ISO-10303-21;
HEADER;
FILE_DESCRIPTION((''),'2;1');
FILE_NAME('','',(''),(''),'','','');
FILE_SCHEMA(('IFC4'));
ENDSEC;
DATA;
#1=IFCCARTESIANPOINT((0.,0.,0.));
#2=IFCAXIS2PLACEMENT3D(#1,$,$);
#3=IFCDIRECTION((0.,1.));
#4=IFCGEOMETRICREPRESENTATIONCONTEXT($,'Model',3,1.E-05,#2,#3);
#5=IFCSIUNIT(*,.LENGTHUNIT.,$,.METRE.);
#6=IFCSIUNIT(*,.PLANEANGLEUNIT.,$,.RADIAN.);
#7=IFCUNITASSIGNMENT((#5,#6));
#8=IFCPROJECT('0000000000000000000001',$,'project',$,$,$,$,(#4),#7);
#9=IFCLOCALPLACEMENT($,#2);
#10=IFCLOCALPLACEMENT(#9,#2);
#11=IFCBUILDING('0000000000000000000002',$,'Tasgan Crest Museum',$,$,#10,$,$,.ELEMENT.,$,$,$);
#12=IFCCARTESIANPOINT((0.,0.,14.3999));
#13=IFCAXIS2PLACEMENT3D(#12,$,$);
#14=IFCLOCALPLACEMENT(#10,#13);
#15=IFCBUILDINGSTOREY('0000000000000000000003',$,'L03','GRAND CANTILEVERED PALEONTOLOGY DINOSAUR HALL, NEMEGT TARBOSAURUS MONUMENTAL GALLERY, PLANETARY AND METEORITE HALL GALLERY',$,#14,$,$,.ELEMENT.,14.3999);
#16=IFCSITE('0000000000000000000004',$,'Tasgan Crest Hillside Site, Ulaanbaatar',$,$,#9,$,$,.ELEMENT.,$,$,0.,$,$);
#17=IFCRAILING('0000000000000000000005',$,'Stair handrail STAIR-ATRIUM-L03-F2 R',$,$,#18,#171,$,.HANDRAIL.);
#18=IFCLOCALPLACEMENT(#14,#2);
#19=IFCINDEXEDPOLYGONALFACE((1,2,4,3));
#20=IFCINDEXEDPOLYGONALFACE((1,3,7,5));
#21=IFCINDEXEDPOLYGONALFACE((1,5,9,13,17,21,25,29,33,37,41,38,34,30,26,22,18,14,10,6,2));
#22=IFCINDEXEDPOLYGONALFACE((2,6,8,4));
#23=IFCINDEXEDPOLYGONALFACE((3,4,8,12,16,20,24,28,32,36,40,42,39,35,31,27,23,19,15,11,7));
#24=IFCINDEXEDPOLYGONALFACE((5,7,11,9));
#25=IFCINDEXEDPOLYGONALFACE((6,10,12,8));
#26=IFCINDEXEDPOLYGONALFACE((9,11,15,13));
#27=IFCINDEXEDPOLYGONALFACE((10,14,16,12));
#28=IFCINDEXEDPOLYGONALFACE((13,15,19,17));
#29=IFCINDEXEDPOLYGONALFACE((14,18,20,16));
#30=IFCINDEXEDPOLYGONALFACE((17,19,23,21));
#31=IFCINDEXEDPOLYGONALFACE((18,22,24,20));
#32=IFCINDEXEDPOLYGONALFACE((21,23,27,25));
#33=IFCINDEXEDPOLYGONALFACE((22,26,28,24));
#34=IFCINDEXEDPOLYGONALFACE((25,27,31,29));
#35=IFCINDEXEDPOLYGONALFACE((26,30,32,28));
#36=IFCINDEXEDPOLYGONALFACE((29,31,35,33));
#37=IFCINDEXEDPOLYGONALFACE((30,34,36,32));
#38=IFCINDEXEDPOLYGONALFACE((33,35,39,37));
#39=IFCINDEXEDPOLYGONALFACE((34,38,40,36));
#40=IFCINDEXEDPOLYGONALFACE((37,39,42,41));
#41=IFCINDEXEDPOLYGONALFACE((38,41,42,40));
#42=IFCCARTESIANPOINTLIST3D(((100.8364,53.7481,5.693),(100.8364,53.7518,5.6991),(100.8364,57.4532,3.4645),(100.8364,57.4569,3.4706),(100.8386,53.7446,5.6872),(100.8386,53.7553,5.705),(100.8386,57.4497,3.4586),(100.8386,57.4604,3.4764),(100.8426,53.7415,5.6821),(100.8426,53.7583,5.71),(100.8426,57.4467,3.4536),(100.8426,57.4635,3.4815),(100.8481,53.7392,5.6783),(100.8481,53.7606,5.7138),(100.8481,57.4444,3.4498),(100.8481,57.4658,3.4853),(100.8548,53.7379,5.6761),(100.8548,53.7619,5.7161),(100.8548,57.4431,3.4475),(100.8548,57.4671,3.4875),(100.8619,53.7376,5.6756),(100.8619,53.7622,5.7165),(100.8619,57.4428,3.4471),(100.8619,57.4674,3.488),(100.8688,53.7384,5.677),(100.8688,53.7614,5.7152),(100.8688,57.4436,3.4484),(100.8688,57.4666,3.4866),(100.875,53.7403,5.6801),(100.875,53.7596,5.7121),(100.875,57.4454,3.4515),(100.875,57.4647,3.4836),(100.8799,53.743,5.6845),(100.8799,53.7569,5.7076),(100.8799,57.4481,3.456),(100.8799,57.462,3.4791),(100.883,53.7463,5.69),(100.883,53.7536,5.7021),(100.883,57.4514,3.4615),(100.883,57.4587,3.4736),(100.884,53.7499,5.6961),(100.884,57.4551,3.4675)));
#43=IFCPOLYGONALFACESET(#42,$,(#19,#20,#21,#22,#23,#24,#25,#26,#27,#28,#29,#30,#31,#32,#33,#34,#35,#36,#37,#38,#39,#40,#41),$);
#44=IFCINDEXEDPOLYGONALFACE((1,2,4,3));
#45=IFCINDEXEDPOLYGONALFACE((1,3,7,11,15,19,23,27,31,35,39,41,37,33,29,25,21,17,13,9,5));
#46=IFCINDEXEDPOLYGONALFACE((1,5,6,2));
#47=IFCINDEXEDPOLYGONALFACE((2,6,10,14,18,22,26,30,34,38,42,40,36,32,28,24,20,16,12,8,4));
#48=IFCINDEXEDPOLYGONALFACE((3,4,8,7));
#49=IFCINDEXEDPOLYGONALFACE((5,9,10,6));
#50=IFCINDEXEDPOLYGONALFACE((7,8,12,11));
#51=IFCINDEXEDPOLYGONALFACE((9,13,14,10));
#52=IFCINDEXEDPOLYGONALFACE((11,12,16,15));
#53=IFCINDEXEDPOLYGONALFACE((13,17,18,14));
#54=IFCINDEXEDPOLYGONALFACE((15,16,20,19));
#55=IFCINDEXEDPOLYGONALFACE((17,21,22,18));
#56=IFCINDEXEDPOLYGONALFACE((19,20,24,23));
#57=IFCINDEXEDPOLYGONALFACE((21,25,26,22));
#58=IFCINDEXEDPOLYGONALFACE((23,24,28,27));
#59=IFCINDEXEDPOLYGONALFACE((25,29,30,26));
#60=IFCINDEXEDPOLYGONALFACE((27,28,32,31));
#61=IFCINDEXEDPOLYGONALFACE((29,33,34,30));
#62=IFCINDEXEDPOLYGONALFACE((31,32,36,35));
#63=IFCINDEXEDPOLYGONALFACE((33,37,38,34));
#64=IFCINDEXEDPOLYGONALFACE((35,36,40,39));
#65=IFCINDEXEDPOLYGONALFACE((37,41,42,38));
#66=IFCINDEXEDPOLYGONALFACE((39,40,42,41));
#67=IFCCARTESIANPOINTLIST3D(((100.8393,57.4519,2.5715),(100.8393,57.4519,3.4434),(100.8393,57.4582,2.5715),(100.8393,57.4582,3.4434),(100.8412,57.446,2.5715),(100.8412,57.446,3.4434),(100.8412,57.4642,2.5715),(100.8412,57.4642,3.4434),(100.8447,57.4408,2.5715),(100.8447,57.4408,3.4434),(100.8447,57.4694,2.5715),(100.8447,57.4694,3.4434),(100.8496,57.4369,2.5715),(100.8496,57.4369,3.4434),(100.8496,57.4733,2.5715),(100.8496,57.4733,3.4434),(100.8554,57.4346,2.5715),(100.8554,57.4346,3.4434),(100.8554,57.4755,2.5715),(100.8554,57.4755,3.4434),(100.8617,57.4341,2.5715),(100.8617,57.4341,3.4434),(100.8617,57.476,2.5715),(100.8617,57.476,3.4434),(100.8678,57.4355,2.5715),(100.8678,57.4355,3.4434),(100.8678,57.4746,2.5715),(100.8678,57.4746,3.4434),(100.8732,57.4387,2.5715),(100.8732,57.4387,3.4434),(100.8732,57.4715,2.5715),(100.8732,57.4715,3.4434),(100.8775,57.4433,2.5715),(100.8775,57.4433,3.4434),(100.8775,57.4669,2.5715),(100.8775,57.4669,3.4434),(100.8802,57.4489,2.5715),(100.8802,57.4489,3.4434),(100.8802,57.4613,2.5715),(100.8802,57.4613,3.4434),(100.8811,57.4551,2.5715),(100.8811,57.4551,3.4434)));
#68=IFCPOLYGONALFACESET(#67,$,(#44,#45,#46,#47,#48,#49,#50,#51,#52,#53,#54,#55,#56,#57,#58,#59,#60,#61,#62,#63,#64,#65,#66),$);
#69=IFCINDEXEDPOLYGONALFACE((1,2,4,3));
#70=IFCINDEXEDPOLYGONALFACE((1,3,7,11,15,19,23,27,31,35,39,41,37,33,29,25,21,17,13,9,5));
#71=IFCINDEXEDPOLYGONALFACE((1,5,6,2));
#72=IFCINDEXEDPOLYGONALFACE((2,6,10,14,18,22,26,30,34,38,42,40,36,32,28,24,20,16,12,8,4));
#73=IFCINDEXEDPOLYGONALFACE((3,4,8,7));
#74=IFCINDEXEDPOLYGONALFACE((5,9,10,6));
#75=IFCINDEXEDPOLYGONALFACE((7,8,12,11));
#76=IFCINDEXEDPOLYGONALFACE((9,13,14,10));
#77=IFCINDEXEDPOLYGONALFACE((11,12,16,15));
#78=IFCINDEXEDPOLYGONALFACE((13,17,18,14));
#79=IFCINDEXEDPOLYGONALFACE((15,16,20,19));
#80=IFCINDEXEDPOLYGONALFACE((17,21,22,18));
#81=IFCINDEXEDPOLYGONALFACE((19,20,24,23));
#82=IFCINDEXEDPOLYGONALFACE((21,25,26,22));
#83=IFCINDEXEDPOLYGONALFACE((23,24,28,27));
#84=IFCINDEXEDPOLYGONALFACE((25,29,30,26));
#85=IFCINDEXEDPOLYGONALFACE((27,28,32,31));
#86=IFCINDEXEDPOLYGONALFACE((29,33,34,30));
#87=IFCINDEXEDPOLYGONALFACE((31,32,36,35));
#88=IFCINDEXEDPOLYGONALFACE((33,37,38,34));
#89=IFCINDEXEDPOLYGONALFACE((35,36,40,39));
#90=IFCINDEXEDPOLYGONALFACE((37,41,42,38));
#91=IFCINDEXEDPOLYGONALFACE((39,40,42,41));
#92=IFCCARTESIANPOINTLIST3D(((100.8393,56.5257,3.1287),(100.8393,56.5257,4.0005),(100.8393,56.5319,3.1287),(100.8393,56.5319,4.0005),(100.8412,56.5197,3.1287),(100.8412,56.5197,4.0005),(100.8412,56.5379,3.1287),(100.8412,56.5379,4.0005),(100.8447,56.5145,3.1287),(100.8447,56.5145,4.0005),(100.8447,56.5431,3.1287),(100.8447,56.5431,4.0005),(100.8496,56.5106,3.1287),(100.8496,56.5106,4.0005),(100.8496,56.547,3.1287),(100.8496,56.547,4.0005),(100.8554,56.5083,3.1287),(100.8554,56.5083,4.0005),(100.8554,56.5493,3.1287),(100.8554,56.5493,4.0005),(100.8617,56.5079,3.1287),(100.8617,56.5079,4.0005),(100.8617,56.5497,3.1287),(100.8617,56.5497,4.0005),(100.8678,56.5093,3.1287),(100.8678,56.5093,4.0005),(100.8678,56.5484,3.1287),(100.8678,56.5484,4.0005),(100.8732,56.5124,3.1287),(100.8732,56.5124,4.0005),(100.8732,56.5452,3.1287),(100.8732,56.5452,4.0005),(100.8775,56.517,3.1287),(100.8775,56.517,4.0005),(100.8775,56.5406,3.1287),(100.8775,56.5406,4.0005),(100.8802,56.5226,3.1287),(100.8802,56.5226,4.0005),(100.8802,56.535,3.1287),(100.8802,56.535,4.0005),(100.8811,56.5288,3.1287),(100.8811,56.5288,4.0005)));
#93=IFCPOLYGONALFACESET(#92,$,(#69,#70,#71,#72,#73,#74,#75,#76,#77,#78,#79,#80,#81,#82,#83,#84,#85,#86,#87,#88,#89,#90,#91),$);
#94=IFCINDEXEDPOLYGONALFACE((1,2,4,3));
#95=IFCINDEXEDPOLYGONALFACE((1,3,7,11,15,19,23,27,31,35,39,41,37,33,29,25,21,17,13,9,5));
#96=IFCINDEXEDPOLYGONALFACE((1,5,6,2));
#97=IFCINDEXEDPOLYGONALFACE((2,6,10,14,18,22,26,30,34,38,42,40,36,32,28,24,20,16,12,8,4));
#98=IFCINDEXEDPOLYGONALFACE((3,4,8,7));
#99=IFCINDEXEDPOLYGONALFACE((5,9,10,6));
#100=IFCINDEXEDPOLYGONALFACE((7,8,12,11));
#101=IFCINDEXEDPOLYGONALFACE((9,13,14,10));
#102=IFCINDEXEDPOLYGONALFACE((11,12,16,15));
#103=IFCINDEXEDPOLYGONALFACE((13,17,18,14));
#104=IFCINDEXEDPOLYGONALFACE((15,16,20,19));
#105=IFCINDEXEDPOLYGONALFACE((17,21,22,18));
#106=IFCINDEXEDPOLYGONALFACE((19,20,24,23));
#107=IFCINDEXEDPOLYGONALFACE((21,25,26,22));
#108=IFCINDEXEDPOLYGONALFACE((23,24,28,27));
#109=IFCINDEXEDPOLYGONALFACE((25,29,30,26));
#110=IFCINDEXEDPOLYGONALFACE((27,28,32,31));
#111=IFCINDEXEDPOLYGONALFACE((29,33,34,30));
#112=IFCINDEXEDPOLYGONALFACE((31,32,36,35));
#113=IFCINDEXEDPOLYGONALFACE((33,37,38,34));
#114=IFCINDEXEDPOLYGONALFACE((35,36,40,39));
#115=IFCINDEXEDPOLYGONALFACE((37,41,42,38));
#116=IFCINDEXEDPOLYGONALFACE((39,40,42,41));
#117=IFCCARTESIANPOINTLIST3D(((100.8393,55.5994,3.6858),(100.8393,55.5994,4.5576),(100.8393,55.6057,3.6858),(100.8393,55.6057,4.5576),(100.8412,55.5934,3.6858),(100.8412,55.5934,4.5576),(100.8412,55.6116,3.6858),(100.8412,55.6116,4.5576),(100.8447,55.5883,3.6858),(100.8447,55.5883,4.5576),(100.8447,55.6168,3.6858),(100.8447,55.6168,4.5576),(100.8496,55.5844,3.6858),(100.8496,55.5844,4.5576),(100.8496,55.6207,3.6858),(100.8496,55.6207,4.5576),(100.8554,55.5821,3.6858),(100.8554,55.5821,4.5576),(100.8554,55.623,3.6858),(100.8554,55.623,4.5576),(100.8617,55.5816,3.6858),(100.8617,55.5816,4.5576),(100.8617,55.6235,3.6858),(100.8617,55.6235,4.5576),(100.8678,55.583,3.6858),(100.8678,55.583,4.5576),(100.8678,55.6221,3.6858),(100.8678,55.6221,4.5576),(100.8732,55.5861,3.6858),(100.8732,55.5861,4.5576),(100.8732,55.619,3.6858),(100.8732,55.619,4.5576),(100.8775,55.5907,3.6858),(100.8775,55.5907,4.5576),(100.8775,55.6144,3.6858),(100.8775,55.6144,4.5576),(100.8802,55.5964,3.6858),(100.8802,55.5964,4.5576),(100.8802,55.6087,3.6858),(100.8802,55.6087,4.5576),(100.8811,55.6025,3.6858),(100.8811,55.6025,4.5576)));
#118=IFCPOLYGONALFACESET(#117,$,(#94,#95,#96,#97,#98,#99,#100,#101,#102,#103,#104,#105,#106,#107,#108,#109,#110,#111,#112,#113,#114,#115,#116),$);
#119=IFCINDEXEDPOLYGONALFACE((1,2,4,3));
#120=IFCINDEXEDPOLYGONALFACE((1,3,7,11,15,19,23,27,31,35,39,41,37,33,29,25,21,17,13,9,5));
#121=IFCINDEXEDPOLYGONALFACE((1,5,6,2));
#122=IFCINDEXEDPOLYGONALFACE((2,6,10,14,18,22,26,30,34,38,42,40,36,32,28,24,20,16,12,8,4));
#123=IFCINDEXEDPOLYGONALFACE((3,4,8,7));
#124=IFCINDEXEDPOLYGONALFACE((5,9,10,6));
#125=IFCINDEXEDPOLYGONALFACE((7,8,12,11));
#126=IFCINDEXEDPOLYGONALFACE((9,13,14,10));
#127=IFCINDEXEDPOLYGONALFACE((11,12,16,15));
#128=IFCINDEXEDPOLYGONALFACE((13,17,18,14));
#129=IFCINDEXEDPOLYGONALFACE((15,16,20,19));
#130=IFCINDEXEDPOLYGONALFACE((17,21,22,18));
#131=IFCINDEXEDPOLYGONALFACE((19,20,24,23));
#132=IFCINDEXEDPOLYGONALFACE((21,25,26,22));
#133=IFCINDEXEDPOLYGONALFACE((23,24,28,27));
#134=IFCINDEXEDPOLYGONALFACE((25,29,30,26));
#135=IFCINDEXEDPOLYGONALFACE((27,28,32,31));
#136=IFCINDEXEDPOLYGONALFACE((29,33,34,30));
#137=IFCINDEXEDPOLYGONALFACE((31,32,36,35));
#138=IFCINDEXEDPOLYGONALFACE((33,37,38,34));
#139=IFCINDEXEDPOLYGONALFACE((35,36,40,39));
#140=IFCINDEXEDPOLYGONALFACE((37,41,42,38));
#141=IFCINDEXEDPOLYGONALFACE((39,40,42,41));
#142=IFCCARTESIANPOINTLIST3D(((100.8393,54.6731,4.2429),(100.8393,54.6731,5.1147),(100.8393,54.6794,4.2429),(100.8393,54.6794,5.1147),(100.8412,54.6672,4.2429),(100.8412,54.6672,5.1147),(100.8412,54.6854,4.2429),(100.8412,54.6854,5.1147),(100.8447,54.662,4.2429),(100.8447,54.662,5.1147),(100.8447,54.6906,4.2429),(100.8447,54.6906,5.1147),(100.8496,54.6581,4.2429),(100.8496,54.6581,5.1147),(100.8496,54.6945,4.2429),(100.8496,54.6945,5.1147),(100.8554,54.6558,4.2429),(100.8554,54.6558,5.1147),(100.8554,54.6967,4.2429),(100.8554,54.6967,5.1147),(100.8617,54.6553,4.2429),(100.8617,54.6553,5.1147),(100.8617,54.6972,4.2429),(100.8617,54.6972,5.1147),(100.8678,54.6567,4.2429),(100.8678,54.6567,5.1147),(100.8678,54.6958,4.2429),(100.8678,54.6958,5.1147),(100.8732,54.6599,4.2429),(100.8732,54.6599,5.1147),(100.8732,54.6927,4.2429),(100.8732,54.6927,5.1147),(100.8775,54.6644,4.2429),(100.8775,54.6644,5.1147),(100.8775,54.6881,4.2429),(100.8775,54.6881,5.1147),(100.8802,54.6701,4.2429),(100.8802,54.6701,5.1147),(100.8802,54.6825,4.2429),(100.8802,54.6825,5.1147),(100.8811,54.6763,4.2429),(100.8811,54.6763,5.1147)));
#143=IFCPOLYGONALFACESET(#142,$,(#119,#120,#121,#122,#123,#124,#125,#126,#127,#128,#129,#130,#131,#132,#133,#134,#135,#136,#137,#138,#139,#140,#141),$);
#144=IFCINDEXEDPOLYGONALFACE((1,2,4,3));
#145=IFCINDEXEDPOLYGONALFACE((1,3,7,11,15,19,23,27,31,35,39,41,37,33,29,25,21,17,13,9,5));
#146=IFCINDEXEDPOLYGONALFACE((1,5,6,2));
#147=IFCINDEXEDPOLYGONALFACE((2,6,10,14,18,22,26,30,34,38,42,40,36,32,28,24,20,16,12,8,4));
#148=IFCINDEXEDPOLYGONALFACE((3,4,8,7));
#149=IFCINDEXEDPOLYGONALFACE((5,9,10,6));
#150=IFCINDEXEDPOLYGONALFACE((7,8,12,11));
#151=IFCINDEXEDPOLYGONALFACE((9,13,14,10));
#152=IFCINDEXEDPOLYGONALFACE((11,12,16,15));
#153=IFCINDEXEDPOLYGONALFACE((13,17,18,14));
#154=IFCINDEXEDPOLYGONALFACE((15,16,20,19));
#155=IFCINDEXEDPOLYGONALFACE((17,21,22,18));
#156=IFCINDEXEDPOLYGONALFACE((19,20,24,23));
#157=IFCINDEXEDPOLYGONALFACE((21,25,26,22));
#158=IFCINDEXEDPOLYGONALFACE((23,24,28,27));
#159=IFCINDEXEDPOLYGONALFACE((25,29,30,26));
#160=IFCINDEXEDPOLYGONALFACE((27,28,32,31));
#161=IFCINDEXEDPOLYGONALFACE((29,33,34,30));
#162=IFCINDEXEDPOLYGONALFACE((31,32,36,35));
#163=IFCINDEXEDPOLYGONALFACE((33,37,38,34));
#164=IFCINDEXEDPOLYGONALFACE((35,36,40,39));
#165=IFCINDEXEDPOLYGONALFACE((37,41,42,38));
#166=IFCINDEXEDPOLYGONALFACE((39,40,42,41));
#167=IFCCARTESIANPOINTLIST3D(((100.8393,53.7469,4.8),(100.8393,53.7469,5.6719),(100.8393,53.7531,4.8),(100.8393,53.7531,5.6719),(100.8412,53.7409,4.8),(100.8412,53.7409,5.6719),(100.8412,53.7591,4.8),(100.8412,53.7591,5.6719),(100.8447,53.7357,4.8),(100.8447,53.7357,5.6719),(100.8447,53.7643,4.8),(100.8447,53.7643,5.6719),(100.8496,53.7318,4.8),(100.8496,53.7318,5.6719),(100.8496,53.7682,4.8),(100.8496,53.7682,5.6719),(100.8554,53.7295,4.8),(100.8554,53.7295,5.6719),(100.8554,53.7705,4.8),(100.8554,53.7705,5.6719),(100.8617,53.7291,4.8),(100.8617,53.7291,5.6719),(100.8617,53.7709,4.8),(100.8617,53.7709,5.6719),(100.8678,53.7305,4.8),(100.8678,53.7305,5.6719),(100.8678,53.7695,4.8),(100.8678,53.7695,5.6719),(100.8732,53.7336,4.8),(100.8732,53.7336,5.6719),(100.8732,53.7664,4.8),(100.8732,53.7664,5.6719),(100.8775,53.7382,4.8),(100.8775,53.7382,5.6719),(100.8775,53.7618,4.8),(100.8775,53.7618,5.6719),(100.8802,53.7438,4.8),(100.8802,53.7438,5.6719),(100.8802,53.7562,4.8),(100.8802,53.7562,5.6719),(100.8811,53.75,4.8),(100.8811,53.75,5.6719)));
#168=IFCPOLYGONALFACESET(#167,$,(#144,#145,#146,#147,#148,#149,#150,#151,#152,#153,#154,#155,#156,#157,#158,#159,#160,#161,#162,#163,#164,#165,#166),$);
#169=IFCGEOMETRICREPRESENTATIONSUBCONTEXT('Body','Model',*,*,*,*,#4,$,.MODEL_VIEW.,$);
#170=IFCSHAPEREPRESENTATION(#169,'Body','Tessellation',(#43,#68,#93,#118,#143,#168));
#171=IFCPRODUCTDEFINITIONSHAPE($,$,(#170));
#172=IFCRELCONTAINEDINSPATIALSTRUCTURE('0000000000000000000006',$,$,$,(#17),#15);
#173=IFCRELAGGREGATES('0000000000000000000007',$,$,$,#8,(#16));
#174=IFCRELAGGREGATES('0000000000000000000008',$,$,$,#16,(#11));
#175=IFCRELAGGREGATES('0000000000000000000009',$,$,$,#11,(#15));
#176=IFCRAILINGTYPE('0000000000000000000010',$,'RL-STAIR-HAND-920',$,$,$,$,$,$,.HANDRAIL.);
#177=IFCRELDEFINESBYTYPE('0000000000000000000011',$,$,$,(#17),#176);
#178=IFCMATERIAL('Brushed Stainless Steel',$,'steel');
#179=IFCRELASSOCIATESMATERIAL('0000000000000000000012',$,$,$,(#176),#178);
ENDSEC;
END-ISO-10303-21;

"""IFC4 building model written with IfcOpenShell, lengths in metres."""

from ifc_helpers import new_model, si_unit, direction, frame, origin, origin_2d, place, context, subcontext, project, spatial, circle, extrude, material, type_object, element, save


model = new_model("IFC4")

# Units and contexts
model_context = context("Model", 3, precision=1e-05, world=origin(), true_north=direction((0.0, 1.0)))
body_context = subcontext(model_context, "Body", "Model", "MODEL_VIEW")
ifc_project = project(units=[si_unit("LENGTHUNIT", "METRE"), si_unit("PLANEANGLEUNIT", "RADIAN")], contexts=[model_context])

# Site, building, storey
site_placement = place(None, origin())
site = spatial("IfcSite", under=ifc_project, at=site_placement, Name="Tasgan Crest Hillside Site, Ulaanbaatar", CompositionType="ELEMENT", RefElevation=0.0)
building_placement = place(site_placement, origin())
building = spatial("IfcBuilding", under=site, at=building_placement, Name="Tasgan Crest Museum", CompositionType="ELEMENT")
storey_placement = place(building_placement, frame((0.0, 0.0, 14.3999)))
storey = spatial("IfcBuildingStorey", under=building, at=storey_placement, Name="L03", Description="GRAND CANTILEVERED PALEONTOLOGY DINOSAUR HALL, NEMEGT TARBOSAURUS MONUMENTAL GALLERY, PLANETARY AND METEORITE HALL GALLERY", CompositionType="ELEMENT", Elevation=14.3999)

# Railing
ifc_material_1 = material(Name="Brushed Stainless Steel", Category="steel")
railing_type_1 = type_object("IfcRailingType", Name="RL-STAIR-HAND-920", PredefinedType="HANDRAIL", material=ifc_material_1)
for number, where, name in (
    (1, (100.8601, 57.4551, 2.5715), "Stair handrail STAIR-ATRIUM-L03-F2 R"),
):
    element("IfcRailing", number, at=place(storey_placement, frame(where)), inside=storey, type_object=railing_type_1, Name=name, PredefinedType="HANDRAIL", context=body_context, shape_type="SweptSolid", body=[
        extrude(circle(Radius=0.0239, at=origin_2d()), frame((0.0, 0.0, 0.896), z_axis=(0.0, -0.856934, 0.515425), x_axis=(1.0, 0.0, 0.0)), (0.0, 0.0, 1.0), 4.3237),
        extrude(circle(Radius=0.021, at=origin_2d()), origin(), (0.0, 0.0, 1.0), 0.8718),
        extrude(circle(Radius=0.021, at=origin_2d()), frame((0.0, -0.9263, 0.5571)), (0.0, 0.0, 1.0), 0.8718),
        extrude(circle(Radius=0.021, at=origin_2d()), frame((0.0, -1.8525, 1.1143)), (0.0, 0.0, 1.0), 0.8718),
        extrude(circle(Radius=0.021, at=origin_2d()), frame((0.0, -2.7788, 1.6714)), (0.0, 0.0, 1.0), 0.8718),
        extrude(circle(Radius=0.021, at=origin_2d()), frame((0.0, -3.7051, 2.2285)), (0.0, 0.0, 1.0), 0.8718),
    ])

save(model, "model.ifc")
